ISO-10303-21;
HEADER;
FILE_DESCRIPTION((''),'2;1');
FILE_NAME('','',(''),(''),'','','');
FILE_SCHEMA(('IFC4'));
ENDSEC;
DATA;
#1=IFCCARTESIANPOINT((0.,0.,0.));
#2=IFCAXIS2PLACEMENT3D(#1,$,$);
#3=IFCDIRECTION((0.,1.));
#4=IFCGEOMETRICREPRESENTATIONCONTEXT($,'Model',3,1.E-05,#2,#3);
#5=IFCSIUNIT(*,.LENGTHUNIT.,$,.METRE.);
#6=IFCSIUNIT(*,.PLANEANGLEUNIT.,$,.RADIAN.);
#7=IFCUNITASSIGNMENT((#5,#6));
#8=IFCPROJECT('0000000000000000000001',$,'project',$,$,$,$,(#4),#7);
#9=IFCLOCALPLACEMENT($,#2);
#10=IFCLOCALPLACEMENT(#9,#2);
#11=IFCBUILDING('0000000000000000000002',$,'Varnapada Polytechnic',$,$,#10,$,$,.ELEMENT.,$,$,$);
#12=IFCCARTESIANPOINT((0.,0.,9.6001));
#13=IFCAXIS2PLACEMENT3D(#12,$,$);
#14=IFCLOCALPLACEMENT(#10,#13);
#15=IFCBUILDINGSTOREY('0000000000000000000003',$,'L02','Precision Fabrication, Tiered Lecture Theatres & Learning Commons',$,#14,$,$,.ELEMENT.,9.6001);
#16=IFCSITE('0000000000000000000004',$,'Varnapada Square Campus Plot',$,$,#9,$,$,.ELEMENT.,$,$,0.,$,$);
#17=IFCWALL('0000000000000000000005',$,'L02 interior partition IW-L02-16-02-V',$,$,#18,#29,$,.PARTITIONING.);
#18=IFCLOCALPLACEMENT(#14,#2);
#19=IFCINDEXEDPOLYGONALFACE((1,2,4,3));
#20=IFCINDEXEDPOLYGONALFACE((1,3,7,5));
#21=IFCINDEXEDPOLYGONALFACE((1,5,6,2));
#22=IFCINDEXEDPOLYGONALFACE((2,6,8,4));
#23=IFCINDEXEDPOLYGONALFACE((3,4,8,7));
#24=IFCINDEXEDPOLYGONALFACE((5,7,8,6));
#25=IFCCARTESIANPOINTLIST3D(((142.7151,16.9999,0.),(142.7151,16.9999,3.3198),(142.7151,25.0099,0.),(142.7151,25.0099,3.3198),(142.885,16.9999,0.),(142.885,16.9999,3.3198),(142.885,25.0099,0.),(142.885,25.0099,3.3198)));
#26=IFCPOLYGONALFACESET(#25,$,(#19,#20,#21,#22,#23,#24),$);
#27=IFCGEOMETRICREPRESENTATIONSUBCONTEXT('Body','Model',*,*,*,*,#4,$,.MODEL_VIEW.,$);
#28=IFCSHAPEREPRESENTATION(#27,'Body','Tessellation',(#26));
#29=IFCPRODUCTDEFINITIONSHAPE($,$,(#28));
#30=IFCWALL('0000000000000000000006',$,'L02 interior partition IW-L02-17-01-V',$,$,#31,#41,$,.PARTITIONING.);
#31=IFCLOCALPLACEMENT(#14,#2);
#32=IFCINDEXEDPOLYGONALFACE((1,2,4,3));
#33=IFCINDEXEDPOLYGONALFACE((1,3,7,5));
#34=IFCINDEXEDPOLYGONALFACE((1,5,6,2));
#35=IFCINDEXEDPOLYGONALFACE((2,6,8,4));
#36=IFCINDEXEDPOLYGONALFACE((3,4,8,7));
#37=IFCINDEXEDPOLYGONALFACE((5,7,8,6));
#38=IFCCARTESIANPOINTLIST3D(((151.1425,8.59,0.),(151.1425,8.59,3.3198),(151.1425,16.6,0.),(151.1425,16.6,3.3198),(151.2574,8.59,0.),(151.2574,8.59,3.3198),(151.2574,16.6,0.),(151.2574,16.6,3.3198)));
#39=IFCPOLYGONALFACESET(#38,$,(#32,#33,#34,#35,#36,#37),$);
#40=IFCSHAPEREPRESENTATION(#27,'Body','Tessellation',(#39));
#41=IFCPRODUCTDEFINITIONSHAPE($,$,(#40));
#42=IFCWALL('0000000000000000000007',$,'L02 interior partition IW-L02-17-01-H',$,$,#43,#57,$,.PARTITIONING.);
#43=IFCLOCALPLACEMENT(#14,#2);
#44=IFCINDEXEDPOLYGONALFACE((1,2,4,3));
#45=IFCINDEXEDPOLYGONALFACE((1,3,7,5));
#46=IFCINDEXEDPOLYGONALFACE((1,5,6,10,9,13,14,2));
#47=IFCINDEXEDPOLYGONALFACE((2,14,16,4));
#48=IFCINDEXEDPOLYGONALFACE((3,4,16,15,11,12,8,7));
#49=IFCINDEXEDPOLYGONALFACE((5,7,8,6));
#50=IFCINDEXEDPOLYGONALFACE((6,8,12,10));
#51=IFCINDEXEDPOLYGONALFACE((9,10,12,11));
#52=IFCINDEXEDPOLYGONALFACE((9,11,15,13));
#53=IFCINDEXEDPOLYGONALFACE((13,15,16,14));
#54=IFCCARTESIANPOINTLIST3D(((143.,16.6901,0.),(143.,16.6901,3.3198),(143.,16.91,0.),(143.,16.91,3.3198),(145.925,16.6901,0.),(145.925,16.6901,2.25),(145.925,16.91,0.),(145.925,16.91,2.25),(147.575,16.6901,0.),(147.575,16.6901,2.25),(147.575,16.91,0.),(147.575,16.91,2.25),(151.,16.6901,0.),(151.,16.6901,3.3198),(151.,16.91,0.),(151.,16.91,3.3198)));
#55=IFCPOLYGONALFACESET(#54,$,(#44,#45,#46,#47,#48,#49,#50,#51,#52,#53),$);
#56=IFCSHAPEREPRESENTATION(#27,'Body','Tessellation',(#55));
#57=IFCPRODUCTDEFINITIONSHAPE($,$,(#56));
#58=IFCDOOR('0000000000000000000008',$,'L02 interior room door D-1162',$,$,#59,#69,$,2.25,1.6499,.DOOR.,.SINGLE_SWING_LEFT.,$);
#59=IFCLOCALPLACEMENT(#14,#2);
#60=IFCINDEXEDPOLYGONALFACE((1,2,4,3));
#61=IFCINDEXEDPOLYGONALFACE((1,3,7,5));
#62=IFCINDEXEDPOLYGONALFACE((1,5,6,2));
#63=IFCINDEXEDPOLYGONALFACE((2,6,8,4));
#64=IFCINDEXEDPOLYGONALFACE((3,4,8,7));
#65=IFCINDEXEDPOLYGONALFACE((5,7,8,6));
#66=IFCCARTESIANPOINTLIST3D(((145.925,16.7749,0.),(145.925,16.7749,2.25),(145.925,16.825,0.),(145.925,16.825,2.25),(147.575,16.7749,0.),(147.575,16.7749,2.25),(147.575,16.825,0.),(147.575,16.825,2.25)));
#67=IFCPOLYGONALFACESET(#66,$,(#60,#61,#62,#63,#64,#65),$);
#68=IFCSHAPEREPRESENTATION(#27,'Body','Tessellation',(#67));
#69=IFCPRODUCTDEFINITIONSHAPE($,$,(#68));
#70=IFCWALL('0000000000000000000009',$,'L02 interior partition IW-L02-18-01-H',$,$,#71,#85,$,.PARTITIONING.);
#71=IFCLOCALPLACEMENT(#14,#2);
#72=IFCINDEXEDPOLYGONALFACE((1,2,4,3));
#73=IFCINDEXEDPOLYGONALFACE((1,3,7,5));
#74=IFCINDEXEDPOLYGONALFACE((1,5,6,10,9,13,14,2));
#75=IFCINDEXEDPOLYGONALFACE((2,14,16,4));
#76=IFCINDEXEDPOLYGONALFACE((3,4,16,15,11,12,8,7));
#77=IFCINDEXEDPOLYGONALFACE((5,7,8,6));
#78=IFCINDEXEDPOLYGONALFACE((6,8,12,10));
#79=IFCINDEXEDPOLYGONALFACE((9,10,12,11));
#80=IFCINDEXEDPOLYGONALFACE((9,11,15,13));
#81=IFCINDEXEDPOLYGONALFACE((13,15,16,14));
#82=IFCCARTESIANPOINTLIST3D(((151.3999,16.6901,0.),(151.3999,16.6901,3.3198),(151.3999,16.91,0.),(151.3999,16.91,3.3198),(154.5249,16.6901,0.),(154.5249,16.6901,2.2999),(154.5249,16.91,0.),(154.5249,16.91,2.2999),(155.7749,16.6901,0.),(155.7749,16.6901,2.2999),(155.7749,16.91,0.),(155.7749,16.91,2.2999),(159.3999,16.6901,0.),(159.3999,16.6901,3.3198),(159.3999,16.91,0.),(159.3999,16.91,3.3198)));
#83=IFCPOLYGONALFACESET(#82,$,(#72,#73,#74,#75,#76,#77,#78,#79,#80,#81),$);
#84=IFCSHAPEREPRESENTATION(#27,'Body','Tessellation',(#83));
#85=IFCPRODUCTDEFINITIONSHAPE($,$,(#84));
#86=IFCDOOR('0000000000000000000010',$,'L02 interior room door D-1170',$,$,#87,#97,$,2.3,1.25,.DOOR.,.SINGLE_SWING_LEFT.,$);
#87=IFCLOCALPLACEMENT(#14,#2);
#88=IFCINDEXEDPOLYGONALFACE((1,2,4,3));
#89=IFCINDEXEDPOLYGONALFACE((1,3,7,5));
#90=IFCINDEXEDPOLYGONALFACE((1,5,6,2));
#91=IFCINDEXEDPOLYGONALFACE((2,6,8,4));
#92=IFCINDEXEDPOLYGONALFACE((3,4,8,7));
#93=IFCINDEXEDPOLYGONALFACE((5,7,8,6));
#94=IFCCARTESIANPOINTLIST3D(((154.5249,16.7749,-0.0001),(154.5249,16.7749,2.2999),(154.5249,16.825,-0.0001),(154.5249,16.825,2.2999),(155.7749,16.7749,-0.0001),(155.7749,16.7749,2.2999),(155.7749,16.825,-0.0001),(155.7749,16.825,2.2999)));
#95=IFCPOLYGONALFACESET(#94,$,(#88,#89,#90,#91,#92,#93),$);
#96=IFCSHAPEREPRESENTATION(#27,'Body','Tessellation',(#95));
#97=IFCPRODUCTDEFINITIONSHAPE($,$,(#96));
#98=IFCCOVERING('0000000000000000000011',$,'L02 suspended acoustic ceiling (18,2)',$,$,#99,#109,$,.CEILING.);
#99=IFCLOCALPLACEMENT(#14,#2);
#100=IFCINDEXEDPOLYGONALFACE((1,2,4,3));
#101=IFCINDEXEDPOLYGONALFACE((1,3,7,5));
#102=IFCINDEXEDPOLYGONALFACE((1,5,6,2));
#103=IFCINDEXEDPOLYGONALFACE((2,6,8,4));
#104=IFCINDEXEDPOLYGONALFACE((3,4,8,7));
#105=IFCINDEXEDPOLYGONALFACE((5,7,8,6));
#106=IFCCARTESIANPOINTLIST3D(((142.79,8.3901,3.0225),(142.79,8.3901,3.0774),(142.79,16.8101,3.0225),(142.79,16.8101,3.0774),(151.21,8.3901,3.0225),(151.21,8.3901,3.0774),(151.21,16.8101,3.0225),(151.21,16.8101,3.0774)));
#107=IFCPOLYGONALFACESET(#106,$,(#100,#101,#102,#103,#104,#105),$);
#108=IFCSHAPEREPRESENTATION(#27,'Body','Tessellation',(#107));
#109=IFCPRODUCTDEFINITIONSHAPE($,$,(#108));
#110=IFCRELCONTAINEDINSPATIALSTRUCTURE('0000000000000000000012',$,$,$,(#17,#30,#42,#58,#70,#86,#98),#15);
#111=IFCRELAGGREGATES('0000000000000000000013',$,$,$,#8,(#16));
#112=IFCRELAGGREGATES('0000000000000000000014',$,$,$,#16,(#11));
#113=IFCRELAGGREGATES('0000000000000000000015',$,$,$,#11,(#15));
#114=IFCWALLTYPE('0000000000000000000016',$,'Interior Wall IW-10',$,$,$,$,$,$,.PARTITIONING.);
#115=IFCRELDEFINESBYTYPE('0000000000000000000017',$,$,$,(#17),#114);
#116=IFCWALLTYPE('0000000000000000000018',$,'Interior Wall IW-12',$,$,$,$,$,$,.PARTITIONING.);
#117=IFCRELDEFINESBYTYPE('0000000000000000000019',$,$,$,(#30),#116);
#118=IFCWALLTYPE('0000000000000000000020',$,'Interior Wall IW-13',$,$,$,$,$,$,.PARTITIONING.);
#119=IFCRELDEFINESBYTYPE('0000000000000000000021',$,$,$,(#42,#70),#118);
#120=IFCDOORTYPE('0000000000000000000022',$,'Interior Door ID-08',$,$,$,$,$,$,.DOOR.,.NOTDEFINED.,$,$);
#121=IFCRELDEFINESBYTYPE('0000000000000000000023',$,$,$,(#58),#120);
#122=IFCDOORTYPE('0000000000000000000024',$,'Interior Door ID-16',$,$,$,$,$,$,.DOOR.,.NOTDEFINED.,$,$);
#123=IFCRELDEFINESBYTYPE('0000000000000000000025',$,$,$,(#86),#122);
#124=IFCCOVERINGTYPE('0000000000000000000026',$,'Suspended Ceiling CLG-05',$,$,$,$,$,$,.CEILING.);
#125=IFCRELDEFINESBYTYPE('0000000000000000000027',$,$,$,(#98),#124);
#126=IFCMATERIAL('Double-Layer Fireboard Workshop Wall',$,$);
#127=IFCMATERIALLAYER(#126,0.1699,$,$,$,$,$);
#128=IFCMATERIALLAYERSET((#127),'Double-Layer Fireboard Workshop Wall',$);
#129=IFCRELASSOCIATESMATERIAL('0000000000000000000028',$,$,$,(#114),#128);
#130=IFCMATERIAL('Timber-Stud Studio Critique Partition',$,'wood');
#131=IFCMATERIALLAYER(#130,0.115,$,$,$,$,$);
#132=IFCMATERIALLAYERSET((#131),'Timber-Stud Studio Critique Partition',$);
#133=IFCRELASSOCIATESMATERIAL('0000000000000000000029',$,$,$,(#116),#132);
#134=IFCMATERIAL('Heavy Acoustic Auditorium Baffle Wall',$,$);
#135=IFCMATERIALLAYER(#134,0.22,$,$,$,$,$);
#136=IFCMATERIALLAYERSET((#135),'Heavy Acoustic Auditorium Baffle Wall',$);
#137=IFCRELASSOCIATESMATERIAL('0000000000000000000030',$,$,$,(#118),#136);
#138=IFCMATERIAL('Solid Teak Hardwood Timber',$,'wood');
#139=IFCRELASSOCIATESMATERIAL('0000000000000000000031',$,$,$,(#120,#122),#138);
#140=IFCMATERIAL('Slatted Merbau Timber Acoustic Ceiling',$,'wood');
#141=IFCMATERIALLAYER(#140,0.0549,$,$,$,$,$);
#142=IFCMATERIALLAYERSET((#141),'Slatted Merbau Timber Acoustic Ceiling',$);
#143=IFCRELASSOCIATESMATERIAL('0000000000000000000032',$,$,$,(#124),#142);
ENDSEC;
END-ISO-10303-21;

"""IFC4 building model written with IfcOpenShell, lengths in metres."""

from ifc_helpers import new_model, si_unit, direction, frame, frame_2d, origin, origin_2d, place, context, subcontext, project, spatial, rectangle, extrude, material, layer, layer_set, type_object, element, fill, save


model = new_model("IFC4")

# Units and contexts
model_context = context("Model", 3, precision=1e-05, world=origin(), true_north=direction((0.0, 1.0)))
body_context = subcontext(model_context, "Body", "Model", "MODEL_VIEW")
ifc_project = project(units=[si_unit("LENGTHUNIT", "METRE"), si_unit("PLANEANGLEUNIT", "RADIAN")], contexts=[model_context])

# Site, building, storey
site_placement = place(None, origin())
site = spatial("IfcSite", under=ifc_project, at=site_placement, Name="Varnapada Square Campus Plot", CompositionType="ELEMENT", RefElevation=0.0)
building_placement = place(site_placement, origin())
building = spatial("IfcBuilding", under=site, at=building_placement, Name="Varnapada Polytechnic", CompositionType="ELEMENT")
storey_placement = place(building_placement, frame((0.0, 0.0, 9.6001)))
storey = spatial("IfcBuildingStorey", under=building, at=storey_placement, Name="L02", Description="Precision Fabrication, Tiered Lecture Theatres & Learning Commons", CompositionType="ELEMENT", Elevation=9.6001)

# Walls
ifc_material_1 = material(Name="Double-Layer Fireboard Workshop Wall")
ifc_layer_1 = layer(ifc_material_1, 0.1699)
ifc_layer_set_1 = layer_set([ifc_layer_1], Name="Double-Layer Fireboard Workshop Wall")
wall_type_1 = type_object("IfcWallType", Name="Interior Wall IW-10", PredefinedType="PARTITIONING", material=ifc_layer_set_1)
wall_1_placement = place(storey_placement, frame((142.8, 17.0, 0.0), z_axis=(0.0, 0.0, 1.0), x_axis=(0.0, 1.0, 0.0)))
element("IfcWall", 1, at=wall_1_placement, inside=storey, type_object=wall_type_1, Name="L02 interior partition IW-L02-16-02-V", PredefinedType="PARTITIONING", context=body_context, shape_type="SweptSolid", body=[
    extrude(rectangle(XDim=8.01, YDim=0.1699, at=frame_2d((4.0049, 0.0))), origin(), (0.0, 0.0, 1.0), 3.3198),
])
ifc_material_2 = material(Name="Timber-Stud Studio Critique Partition", Category="wood")
ifc_layer_2 = layer(ifc_material_2, 0.115)
ifc_layer_set_2 = layer_set([ifc_layer_2], Name="Timber-Stud Studio Critique Partition")
wall_type_2 = type_object("IfcWallType", Name="Interior Wall IW-12", PredefinedType="PARTITIONING", material=ifc_layer_set_2)
wall_2_placement = place(storey_placement, frame((151.2, 8.5901, 0.0), z_axis=(0.0, 0.0, 1.0), x_axis=(0.0, 1.0, 0.0)))
element("IfcWall", 2, at=wall_2_placement, inside=storey, type_object=wall_type_2, Name="L02 interior partition IW-L02-17-01-V", PredefinedType="PARTITIONING", context=body_context, shape_type="SweptSolid", body=[
    extrude(rectangle(XDim=8.01, YDim=0.115, at=frame_2d((4.0049, 0.0))), origin(), (0.0, 0.0, 1.0), 3.3198),
])

# Walls, openings, doors
ifc_material_3 = material(Name="Heavy Acoustic Auditorium Baffle Wall")
ifc_layer_3 = layer(ifc_material_3, 0.22)
ifc_layer_set_3 = layer_set([ifc_layer_3], Name="Heavy Acoustic Auditorium Baffle Wall")
wall_type_3 = type_object("IfcWallType", Name="Interior Wall IW-13", PredefinedType="PARTITIONING", material=ifc_layer_set_3)
wall_3_placement = place(storey_placement, frame((143.0, 16.8, 0.0), z_axis=(0.0, 0.0, 1.0), x_axis=(1.0, 0.0, 0.0)))
wall_3 = element("IfcWall", 3, at=wall_3_placement, inside=storey, type_object=wall_type_3, Name="L02 interior partition IW-L02-17-01-H", PredefinedType="PARTITIONING", context=body_context, shape_type="SweptSolid", body=[
    extrude(rectangle(XDim=8.0, YDim=0.22, at=frame_2d((4.0, 0.0))), origin(), (0.0, 0.0, 1.0), 3.3198),
])
opening_1_placement = place(wall_3_placement, frame((2.925, 0.0, 0.0)))
opening_1 = element("IfcOpeningElement", 4, at=opening_1_placement, cuts=wall_3, PredefinedType="OPENING", context=body_context, shape_type="SweptSolid", body=[
    extrude(rectangle(XDim=1.6499, YDim=2.25, at=frame_2d((0.825, 1.125))), frame((0.0, 0.1199, 0.0), z_axis=(0.0, -1.0, 0.0), x_axis=(1.0, 0.0, 0.0)), (0.0, 0.0, 1.0), 0.24),
])
ifc_material_4 = material(Name="Solid Teak Hardwood Timber", Category="wood")
door_type_1 = type_object("IfcDoorType", Name="Interior Door ID-08", OperationType="NOTDEFINED", PredefinedType="DOOR", material=ifc_material_4)
door_1_placement = place(opening_1_placement, origin())
door_1 = element("IfcDoor", 5, at=door_1_placement, inside=storey, type_object=door_type_1, Name="L02 interior room door D-1162", OperationType="SINGLE_SWING_LEFT", OverallHeight=2.25, OverallWidth=1.6499, PredefinedType="DOOR", context=body_context, shape_type="SweptSolid", body=[
    extrude(rectangle(XDim=1.6499, YDim=2.25, at=frame_2d((0.825, 1.125))), frame((0.0, 0.0249, 0.0), z_axis=(0.0, -1.0, 0.0), x_axis=(1.0, 0.0, 0.0)), (0.0, 0.0, 1.0), 0.05),
])
fill(opening_1, door_1)
wall_4_placement = place(storey_placement, frame((151.3999, 16.8, 0.0), z_axis=(0.0, 0.0, 1.0), x_axis=(1.0, 0.0, 0.0)))
wall_4 = element("IfcWall", 6, at=wall_4_placement, inside=storey, type_object=wall_type_3, Name="L02 interior partition IW-L02-18-01-H", PredefinedType="PARTITIONING", context=body_context, shape_type="SweptSolid", body=[
    extrude(rectangle(XDim=8.0, YDim=0.22, at=frame_2d((4.0, 0.0))), origin(), (0.0, 0.0, 1.0), 3.3198),
])
opening_2_placement = place(wall_4_placement, frame((3.125, 0.0, 0.0)))
opening_2 = element("IfcOpeningElement", 7, at=opening_2_placement, cuts=wall_4, PredefinedType="OPENING", context=body_context, shape_type="SweptSolid", body=[
    extrude(rectangle(XDim=1.25, YDim=2.3, at=frame_2d((0.625, 1.1499))), frame((0.0, 0.1199, 0.0), z_axis=(0.0, -1.0, 0.0), x_axis=(1.0, 0.0, 0.0)), (0.0, 0.0, 1.0), 0.24),
])
door_type_2 = type_object("IfcDoorType", Name="Interior Door ID-16", OperationType="NOTDEFINED", PredefinedType="DOOR", material=ifc_material_4)
door_2_placement = place(opening_2_placement, origin())
door_2 = element("IfcDoor", 8, at=door_2_placement, inside=storey, type_object=door_type_2, Name="L02 interior room door D-1170", OperationType="SINGLE_SWING_LEFT", OverallHeight=2.3, OverallWidth=1.25, PredefinedType="DOOR", context=body_context, shape_type="SweptSolid", body=[
    extrude(rectangle(XDim=1.25, YDim=2.3, at=frame_2d((0.625, 1.1499))), frame((0.0, 0.0249, 0.0), z_axis=(0.0, -1.0, 0.0), x_axis=(1.0, 0.0, 0.0)), (0.0, 0.0, 1.0), 0.05),
])
fill(opening_2, door_2)

# Covering
ifc_material_5 = material(Name="Slatted Merbau Timber Acoustic Ceiling", Category="wood")
ifc_layer_4 = layer(ifc_material_5, 0.0549)
ifc_layer_set_4 = layer_set([ifc_layer_4], Name="Slatted Merbau Timber Acoustic Ceiling")
covering_type = type_object("IfcCoveringType", Name="Suspended Ceiling CLG-05", PredefinedType="CEILING", material=ifc_layer_set_4)
covering_placement = place(storey_placement, frame((147.0, 12.6001, 3.0225), z_axis=(0.0, 0.0, 1.0), x_axis=(1.0, 0.0, 0.0)))
element("IfcCovering", 9, at=covering_placement, inside=storey, type_object=covering_type, Name="L02 suspended acoustic ceiling (18,2)", PredefinedType="CEILING", context=body_context, shape_type="SweptSolid", body=[
    extrude(rectangle(XDim=8.4199, YDim=8.4199, at=origin_2d()), origin(), (0.0, 0.0, 1.0), 0.0549),
])

save(model, "model.ifc")
